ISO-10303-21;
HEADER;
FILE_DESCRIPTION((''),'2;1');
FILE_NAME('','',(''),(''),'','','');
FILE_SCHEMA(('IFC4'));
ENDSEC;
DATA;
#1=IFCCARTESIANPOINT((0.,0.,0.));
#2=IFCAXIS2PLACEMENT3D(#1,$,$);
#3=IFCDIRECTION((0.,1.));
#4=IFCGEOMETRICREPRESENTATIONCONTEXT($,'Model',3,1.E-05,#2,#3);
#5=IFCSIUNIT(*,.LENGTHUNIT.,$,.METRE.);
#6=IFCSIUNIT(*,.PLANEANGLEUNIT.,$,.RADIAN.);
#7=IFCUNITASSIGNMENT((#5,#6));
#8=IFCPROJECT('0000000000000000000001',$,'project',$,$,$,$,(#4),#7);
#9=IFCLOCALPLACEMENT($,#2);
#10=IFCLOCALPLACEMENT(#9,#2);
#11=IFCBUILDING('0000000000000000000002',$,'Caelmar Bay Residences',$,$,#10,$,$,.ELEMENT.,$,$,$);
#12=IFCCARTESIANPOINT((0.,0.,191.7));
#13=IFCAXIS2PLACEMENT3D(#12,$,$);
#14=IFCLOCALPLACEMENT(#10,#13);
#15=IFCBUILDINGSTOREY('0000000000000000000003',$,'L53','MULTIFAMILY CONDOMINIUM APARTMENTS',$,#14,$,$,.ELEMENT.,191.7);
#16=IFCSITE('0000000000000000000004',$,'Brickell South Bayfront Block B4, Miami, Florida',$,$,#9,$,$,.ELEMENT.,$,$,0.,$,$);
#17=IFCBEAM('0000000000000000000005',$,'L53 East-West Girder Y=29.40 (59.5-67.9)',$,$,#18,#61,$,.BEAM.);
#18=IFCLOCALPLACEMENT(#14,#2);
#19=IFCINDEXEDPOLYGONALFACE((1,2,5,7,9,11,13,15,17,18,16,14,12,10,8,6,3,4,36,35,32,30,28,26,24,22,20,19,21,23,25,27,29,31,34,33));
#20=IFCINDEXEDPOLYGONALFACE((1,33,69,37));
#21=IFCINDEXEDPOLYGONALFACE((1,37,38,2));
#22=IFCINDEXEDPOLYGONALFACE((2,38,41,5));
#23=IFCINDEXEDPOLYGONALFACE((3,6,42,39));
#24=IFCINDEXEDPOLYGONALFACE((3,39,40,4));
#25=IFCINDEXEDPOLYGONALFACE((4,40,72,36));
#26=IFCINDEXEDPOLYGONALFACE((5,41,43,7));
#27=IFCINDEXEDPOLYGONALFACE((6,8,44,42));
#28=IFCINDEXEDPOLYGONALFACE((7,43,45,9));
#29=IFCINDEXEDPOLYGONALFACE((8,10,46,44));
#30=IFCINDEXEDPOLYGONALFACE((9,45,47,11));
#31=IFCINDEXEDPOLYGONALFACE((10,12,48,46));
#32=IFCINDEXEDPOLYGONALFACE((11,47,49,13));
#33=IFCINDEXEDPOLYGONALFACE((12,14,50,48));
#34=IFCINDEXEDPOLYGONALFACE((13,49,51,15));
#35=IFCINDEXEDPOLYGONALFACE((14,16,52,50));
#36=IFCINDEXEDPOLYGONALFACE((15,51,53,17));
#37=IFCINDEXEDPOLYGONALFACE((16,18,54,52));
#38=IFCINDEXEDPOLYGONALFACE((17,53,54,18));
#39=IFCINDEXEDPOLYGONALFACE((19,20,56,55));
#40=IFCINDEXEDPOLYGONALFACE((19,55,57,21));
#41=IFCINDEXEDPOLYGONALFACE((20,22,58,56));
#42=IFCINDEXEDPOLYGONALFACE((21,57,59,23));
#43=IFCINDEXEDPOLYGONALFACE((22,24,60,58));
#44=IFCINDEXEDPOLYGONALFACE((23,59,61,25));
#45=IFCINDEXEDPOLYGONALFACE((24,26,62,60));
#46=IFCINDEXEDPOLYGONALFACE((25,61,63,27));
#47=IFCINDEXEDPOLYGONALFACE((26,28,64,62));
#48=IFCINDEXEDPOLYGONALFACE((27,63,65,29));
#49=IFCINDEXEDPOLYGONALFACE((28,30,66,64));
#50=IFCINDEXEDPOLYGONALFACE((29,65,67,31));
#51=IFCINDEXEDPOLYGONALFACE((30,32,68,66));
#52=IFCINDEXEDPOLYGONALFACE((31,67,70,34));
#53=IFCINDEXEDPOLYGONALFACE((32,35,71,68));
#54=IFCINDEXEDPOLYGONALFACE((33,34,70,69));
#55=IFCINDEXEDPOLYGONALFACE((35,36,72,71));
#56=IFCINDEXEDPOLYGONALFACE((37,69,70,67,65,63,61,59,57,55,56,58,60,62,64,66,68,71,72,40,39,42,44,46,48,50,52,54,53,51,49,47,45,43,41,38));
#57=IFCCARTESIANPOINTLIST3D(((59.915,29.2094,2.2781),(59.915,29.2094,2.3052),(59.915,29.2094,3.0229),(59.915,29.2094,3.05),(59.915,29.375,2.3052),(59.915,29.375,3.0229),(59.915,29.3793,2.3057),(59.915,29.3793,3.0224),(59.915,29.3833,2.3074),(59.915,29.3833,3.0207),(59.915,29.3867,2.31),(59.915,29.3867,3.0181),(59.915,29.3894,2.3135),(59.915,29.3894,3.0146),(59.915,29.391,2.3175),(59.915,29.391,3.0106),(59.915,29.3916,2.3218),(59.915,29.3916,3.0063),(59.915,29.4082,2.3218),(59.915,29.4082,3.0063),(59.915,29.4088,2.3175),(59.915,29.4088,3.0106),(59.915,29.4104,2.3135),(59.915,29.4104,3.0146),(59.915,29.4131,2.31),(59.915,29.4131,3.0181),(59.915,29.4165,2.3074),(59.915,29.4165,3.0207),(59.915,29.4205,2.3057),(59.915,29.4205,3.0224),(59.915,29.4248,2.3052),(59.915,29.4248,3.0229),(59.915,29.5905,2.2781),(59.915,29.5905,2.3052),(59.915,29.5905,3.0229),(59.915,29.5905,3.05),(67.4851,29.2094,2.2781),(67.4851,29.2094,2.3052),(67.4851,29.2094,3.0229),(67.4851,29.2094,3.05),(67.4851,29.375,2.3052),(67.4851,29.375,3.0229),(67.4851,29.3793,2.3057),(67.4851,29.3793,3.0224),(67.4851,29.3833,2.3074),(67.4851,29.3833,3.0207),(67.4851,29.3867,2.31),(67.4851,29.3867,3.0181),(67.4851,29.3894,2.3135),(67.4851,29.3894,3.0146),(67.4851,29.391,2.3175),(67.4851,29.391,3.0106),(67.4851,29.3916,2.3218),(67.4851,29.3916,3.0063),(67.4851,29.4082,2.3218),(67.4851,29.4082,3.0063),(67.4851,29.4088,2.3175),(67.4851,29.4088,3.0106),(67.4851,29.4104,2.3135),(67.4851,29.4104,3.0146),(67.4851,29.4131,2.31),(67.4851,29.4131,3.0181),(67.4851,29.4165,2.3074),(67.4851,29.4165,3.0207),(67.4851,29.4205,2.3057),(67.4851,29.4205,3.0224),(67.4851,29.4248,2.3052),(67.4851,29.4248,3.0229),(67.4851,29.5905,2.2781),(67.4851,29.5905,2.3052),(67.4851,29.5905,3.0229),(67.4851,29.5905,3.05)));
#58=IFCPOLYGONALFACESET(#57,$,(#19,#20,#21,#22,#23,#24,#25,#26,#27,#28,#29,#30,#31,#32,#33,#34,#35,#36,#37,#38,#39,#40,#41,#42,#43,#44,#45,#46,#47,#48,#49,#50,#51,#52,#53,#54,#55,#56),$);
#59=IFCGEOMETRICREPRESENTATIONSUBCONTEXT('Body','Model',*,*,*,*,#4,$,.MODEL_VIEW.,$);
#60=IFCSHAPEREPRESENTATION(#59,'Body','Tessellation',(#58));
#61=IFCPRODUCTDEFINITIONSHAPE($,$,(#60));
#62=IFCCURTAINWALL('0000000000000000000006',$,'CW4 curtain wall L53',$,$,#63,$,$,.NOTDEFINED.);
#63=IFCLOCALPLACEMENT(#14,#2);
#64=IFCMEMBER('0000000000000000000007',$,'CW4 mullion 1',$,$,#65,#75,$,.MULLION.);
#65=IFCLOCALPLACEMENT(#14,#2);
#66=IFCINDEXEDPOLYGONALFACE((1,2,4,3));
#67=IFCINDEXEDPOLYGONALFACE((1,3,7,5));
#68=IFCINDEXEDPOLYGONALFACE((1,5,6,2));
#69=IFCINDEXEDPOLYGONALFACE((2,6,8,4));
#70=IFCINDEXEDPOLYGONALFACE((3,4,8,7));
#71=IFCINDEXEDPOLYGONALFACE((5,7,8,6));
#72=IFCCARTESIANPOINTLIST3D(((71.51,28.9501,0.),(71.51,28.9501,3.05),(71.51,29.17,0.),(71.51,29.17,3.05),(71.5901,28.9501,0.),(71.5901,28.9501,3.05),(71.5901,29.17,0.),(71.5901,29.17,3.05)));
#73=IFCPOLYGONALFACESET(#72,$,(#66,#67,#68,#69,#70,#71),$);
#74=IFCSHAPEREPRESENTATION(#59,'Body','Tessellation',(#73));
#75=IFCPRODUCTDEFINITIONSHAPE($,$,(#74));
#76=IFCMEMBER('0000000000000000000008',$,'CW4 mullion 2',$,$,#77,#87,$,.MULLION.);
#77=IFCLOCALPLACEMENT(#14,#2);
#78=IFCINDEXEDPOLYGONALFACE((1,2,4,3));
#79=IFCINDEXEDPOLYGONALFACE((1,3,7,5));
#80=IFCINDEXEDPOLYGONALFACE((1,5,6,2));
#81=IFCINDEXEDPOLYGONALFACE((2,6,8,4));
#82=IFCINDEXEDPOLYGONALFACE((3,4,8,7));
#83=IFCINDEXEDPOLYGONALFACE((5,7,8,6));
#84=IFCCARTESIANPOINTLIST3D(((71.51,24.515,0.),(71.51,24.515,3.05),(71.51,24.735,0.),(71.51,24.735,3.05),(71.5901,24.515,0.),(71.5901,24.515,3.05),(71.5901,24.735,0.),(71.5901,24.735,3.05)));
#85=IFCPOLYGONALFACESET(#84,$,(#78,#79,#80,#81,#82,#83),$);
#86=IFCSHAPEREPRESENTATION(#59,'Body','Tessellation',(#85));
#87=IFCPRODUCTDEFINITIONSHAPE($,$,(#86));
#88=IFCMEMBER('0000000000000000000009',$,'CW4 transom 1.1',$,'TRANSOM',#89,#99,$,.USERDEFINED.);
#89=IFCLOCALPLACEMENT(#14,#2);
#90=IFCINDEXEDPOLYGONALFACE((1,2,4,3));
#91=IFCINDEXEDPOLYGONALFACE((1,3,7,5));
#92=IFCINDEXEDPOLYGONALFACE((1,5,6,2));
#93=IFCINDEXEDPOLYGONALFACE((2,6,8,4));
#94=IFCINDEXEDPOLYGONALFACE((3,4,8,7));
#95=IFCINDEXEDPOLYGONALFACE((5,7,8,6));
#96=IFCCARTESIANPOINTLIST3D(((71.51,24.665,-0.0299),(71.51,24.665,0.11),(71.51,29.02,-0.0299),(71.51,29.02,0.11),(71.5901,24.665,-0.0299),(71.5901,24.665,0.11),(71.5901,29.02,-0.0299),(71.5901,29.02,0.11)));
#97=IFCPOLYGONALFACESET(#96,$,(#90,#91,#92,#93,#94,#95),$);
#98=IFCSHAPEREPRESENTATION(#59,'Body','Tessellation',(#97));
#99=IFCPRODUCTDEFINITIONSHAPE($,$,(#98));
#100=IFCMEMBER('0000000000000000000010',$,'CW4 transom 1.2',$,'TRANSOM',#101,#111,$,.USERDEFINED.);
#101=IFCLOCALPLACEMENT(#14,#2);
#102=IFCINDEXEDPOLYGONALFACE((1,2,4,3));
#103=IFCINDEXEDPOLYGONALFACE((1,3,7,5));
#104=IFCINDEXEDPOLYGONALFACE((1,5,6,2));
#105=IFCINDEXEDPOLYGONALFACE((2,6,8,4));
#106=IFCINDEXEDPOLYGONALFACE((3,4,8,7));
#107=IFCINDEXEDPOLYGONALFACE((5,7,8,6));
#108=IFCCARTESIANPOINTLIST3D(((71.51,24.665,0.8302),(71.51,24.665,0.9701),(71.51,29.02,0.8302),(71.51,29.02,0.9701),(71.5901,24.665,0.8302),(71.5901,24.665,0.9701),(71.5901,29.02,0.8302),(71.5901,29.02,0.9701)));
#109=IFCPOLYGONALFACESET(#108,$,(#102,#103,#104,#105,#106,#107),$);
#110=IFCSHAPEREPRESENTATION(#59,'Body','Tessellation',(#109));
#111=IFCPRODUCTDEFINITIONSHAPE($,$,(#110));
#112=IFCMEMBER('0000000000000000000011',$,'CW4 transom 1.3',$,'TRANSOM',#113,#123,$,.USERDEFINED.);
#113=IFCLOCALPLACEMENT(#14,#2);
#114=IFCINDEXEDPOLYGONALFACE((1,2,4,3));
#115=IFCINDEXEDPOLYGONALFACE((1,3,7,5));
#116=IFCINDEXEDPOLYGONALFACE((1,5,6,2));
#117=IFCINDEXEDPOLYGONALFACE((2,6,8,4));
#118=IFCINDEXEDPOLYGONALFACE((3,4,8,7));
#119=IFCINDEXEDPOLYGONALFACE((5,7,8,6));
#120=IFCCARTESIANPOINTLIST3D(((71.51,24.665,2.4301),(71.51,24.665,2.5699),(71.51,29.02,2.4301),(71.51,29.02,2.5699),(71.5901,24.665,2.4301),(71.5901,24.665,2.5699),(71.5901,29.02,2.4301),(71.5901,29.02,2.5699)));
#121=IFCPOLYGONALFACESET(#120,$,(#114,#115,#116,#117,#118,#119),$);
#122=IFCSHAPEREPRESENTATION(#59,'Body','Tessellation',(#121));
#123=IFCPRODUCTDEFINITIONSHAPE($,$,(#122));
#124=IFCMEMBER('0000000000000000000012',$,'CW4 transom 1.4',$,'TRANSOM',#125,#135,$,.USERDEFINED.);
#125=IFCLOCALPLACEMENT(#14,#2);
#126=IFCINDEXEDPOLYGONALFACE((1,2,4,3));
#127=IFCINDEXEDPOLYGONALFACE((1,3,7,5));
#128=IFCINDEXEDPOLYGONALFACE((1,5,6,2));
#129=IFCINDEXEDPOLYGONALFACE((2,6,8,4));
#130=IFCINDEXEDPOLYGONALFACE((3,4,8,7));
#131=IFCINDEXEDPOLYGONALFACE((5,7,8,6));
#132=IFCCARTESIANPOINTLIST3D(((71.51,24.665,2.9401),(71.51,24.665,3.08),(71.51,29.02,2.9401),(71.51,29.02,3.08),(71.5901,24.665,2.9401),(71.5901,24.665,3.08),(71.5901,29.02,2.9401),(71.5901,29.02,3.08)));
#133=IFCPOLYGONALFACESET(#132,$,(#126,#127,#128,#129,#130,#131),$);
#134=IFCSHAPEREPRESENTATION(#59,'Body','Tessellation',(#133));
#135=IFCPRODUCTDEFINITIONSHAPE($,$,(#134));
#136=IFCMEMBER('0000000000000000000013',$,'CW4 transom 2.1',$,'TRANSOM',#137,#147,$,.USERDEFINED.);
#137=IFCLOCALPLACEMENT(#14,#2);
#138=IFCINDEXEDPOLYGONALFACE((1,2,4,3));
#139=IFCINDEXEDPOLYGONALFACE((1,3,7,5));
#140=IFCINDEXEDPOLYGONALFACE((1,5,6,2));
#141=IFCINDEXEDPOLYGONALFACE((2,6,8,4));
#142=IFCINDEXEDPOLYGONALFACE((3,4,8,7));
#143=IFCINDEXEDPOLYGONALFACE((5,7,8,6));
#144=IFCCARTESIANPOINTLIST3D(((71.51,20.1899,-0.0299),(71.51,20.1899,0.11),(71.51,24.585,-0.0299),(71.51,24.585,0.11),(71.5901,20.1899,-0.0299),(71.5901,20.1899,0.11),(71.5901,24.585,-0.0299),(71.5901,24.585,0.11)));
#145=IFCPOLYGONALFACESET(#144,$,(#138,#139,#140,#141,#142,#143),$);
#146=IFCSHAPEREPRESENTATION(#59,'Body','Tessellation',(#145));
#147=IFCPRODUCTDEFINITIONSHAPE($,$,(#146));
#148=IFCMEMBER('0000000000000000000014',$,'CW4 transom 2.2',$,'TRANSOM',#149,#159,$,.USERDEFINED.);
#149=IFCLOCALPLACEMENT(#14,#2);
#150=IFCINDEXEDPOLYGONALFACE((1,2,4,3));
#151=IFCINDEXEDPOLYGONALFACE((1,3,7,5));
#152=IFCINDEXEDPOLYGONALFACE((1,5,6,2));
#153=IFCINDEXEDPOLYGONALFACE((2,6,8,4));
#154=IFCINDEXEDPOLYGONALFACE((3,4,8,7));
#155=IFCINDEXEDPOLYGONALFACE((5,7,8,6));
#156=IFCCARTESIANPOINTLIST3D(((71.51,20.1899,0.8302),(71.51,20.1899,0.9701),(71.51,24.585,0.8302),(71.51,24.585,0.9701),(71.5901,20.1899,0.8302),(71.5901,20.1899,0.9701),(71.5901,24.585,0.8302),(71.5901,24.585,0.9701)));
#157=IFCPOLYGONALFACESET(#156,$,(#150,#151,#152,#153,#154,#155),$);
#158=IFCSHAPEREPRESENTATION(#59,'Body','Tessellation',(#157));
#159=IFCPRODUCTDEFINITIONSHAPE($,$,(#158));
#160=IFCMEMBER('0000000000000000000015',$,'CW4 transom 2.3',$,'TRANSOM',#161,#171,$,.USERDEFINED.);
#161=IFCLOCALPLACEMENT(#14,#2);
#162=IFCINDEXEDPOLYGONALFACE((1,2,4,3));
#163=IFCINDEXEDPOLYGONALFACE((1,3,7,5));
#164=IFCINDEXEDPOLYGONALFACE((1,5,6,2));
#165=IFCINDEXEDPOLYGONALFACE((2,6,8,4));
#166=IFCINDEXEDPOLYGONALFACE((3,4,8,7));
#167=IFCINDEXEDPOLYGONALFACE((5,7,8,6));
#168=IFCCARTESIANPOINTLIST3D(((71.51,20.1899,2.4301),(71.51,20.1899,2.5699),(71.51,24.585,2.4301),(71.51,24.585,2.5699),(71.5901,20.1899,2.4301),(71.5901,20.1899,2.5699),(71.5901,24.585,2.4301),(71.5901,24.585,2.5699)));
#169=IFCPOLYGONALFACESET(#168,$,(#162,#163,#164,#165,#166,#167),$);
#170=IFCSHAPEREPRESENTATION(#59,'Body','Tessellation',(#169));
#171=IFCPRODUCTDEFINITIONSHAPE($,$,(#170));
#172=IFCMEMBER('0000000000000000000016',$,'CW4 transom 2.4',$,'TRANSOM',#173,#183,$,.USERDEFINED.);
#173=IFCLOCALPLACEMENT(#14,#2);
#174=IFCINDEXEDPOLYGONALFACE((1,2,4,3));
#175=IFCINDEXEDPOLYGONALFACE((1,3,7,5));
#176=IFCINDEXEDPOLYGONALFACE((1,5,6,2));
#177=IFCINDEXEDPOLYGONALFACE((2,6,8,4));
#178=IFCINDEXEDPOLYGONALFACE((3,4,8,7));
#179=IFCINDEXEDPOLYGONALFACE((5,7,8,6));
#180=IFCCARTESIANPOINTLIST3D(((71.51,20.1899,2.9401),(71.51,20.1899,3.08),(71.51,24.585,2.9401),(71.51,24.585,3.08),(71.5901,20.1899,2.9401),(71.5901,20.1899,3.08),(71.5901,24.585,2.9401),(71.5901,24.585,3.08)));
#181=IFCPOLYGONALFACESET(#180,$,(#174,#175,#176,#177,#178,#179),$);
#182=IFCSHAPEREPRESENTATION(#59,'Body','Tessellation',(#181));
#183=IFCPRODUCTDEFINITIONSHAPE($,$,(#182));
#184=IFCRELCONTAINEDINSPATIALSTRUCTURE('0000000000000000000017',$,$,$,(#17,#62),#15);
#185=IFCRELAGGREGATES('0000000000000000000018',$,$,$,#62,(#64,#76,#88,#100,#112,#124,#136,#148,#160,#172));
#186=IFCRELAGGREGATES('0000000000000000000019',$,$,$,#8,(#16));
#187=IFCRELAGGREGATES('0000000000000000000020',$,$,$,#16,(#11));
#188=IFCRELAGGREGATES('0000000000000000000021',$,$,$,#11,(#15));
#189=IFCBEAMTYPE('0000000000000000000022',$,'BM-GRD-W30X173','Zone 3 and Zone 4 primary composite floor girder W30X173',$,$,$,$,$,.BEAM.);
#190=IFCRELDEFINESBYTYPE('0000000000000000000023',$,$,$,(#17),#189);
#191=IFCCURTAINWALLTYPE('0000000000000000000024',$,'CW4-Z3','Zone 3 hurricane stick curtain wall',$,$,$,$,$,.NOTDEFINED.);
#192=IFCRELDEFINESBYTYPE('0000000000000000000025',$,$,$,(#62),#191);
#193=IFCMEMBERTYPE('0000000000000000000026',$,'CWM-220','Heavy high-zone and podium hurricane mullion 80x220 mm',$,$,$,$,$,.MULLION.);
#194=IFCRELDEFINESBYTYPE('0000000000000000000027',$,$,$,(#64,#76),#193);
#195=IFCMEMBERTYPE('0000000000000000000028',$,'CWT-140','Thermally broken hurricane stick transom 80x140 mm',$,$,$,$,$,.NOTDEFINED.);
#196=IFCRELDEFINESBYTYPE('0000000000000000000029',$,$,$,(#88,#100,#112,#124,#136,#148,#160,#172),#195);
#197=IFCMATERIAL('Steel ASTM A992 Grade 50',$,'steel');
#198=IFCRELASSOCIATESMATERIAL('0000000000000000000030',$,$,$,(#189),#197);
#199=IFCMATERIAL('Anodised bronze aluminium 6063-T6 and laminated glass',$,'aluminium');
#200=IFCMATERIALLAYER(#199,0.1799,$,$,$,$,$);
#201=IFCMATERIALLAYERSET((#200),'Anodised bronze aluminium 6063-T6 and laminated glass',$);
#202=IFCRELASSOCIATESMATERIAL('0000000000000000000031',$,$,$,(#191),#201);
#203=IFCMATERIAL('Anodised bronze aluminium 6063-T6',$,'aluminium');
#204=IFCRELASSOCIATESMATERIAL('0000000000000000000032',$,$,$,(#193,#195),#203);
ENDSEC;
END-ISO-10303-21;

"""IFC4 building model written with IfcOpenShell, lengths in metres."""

from ifc_helpers import new_model, si_unit, direction, frame, origin, origin_2d, place, context, subcontext, project, spatial, rectangle, i_section, extrude, material, layer, layer_set, material_profile, profile_set, type_object, element, aggregate, save


model = new_model("IFC4")

# Units and contexts
model_context = context("Model", 3, precision=1e-05, world=origin(), true_north=direction((0.0, 1.0)))
body_context = subcontext(model_context, "Body", "Model", "MODEL_VIEW")
ifc_project = project(units=[si_unit("LENGTHUNIT", "METRE"), si_unit("PLANEANGLEUNIT", "RADIAN")], contexts=[model_context])

# Site, building, storey
site_placement = place(None, origin())
site = spatial("IfcSite", under=ifc_project, at=site_placement, Name="Brickell South Bayfront Block B4, Miami, Florida", CompositionType="ELEMENT", RefElevation=0.0)
building_placement = place(site_placement, origin())
building = spatial("IfcBuilding", under=site, at=building_placement, Name="Caelmar Bay Residences", CompositionType="ELEMENT")
storey_placement = place(building_placement, frame((0.0, 0.0, 191.7)))
storey = spatial("IfcBuildingStorey", under=building, at=storey_placement, Name="L53", Description="MULTIFAMILY CONDOMINIUM APARTMENTS", CompositionType="ELEMENT", Elevation=191.7)

# Beam
ifc_material_1 = material(Name="Steel ASTM A992 Grade 50", Category="steel")
ifc_material_profile_1 = material_profile(ifc_material_1, i_section(OverallWidth=0.3811, OverallDepth=0.772, WebThickness=0.0166, FlangeThickness=0.0271, FilletRadius=0.0166, at=origin_2d()), Name="W30X173")
ifc_profile_set_1 = profile_set([ifc_material_profile_1], Name="Steel ASTM A992 Grade 50")
beam_type = type_object("IfcBeamType", Name="BM-GRD-W30X173", Description="Zone 3 and Zone 4 primary composite floor girder W30X173", PredefinedType="BEAM", material=ifc_profile_set_1)
beam_placement = place(storey_placement, frame((59.915, 29.3999, 2.6641), z_axis=(1.0, 0.0, 0.0), x_axis=(0.0, 1.0, 0.0)))
element("IfcBeam", 1, at=beam_placement, inside=storey, type_object=beam_type, Name="L53 East-West Girder Y=29.40 (59.5-67.9)", PredefinedType="BEAM", context=body_context, shape_type="SweptSolid", body=[
    extrude(i_section(OverallWidth=0.3811, OverallDepth=0.772, WebThickness=0.0166, FlangeThickness=0.0271, FilletRadius=0.0166, at=origin_2d()), origin(), (0.0, 0.0, 1.0), 7.5701),
])

# Curtain wall, members
ifc_material_2 = material(Name="Anodised bronze aluminium 6063-T6 and laminated glass", Category="aluminium")
ifc_layer_1 = layer(ifc_material_2, 0.1799)
ifc_layer_set_1 = layer_set([ifc_layer_1], Name="Anodised bronze aluminium 6063-T6 and laminated glass")
curtain_wall_type = type_object("IfcCurtainWallType", Name="CW4-Z3", Description="Zone 3 hurricane stick curtain wall", PredefinedType="NOTDEFINED", material=ifc_layer_set_1)
curtain_wall_placement = place(storey_placement, origin())
curtain_wall = element("IfcCurtainWall", 2, at=curtain_wall_placement, inside=storey, type_object=curtain_wall_type, Name="CW4 curtain wall L53", PredefinedType="NOTDEFINED")
ifc_material_3 = material(Name="Anodised bronze aluminium 6063-T6", Category="aluminium")
ifc_material_profile_2 = material_profile(ifc_material_3, rectangle(XDim=0.0801, YDim=0.22, at=origin_2d()), Name="CWM-80X220")
ifc_profile_set_2 = profile_set([ifc_material_profile_2], Name="Anodised bronze aluminium 6063-T6")
member_type_1 = type_object("IfcMemberType", Name="CWM-220", Description="Heavy high-zone and podium hurricane mullion 80x220 mm", PredefinedType="MULLION", material=ifc_profile_set_2)
member_1_placement = place(storey_placement, frame((71.55, 29.0601, 0.0), z_axis=(0.0, 0.0, 1.0), x_axis=(1.0, 0.0, 0.0)))
member_1 = element("IfcMember", 3, at=member_1_placement, type_object=member_type_1, Name="CW4 mullion 1", PredefinedType="MULLION", context=body_context, shape_type="SweptSolid", body=[
    extrude(rectangle(XDim=0.0801, YDim=0.22, at=origin_2d()), origin(), (0.0, 0.0, 1.0), 3.05),
])
member_2_placement = place(storey_placement, frame((71.55, 24.625, 0.0), z_axis=(0.0, 0.0, 1.0), x_axis=(1.0, 0.0, 0.0)))
member_2 = element("IfcMember", 4, at=member_2_placement, type_object=member_type_1, Name="CW4 mullion 2", PredefinedType="MULLION", context=body_context, shape_type="SweptSolid", body=[
    extrude(rectangle(XDim=0.0801, YDim=0.22, at=origin_2d()), origin(), (0.0, 0.0, 1.0), 3.05),
])
ifc_material_profile_3 = material_profile(ifc_material_3, rectangle(XDim=0.0801, YDim=0.1399, at=origin_2d()), Name="CWT-80X140")
ifc_profile_set_3 = profile_set([ifc_material_profile_3], Name="Anodised bronze aluminium 6063-T6")
member_type_2 = type_object("IfcMemberType", Name="CWT-140", Description="Thermally broken hurricane stick transom 80x140 mm", PredefinedType="NOTDEFINED", material=ifc_profile_set_3)
member_3_placement = place(storey_placement, frame((71.55, 29.02, 0.04), z_axis=(0.0, -1.0, 0.0), x_axis=(1.0, 0.0, 0.0)))
member_3 = element("IfcMember", 5, at=member_3_placement, type_object=member_type_2, Name="CW4 transom 1.1", ObjectType="TRANSOM", PredefinedType="USERDEFINED", context=body_context, shape_type="SweptSolid", body=[
    extrude(rectangle(XDim=0.0801, YDim=0.1399, at=origin_2d()), origin(), (0.0, 0.0, 1.0), 4.355),
])
member_4_placement = place(storey_placement, frame((71.55, 29.02, 0.9001), z_axis=(0.0, -1.0, 0.0), x_axis=(1.0, 0.0, 0.0)))
member_4 = element("IfcMember", 6, at=member_4_placement, type_object=member_type_2, Name="CW4 transom 1.2", ObjectType="TRANSOM", PredefinedType="USERDEFINED", context=body_context, shape_type="SweptSolid", body=[
    extrude(rectangle(XDim=0.0801, YDim=0.1399, at=origin_2d()), origin(), (0.0, 0.0, 1.0), 4.355),
])
member_5_placement = place(storey_placement, frame((71.55, 29.02, 2.5), z_axis=(0.0, -1.0, 0.0), x_axis=(1.0, 0.0, 0.0)))
member_5 = element("IfcMember", 7, at=member_5_placement, type_object=member_type_2, Name="CW4 transom 1.3", ObjectType="TRANSOM", PredefinedType="USERDEFINED", context=body_context, shape_type="SweptSolid", body=[
    extrude(rectangle(XDim=0.0801, YDim=0.1399, at=origin_2d()), origin(), (0.0, 0.0, 1.0), 4.355),
])
member_6_placement = place(storey_placement, frame((71.55, 29.02, 3.01), z_axis=(0.0, -1.0, 0.0), x_axis=(1.0, 0.0, 0.0)))
member_6 = element("IfcMember", 8, at=member_6_placement, type_object=member_type_2, Name="CW4 transom 1.4", ObjectType="TRANSOM", PredefinedType="USERDEFINED", context=body_context, shape_type="SweptSolid", body=[
    extrude(rectangle(XDim=0.0801, YDim=0.1399, at=origin_2d()), origin(), (0.0, 0.0, 1.0), 4.355),
])
member_7_placement = place(storey_placement, frame((71.55, 24.585, 0.04), z_axis=(0.0, -1.0, 0.0), x_axis=(1.0, 0.0, 0.0)))
member_7 = element("IfcMember", 9, at=member_7_placement, type_object=member_type_2, Name="CW4 transom 2.1", ObjectType="TRANSOM", PredefinedType="USERDEFINED", context=body_context, shape_type="SweptSolid", body=[
    extrude(rectangle(XDim=0.0801, YDim=0.1399, at=origin_2d()), origin(), (0.0, 0.0, 1.0), 4.395),
])
member_8_placement = place(storey_placement, frame((71.55, 24.585, 0.9001), z_axis=(0.0, -1.0, 0.0), x_axis=(1.0, 0.0, 0.0)))
member_8 = element("IfcMember", 10, at=member_8_placement, type_object=member_type_2, Name="CW4 transom 2.2", ObjectType="TRANSOM", PredefinedType="USERDEFINED", context=body_context, shape_type="SweptSolid", body=[
    extrude(rectangle(XDim=0.0801, YDim=0.1399, at=origin_2d()), origin(), (0.0, 0.0, 1.0), 4.395),
])
member_9_placement = place(storey_placement, frame((71.55, 24.585, 2.5), z_axis=(0.0, -1.0, 0.0), x_axis=(1.0, 0.0, 0.0)))
member_9 = element("IfcMember", 11, at=member_9_placement, type_object=member_type_2, Name="CW4 transom 2.3", ObjectType="TRANSOM", PredefinedType="USERDEFINED", context=body_context, shape_type="SweptSolid", body=[
    extrude(rectangle(XDim=0.0801, YDim=0.1399, at=origin_2d()), origin(), (0.0, 0.0, 1.0), 4.395),
])
member_10_placement = place(storey_placement, frame((71.55, 24.585, 3.01), z_axis=(0.0, -1.0, 0.0), x_axis=(1.0, 0.0, 0.0)))
member_10 = element("IfcMember", 12, at=member_10_placement, type_object=member_type_2, Name="CW4 transom 2.4", ObjectType="TRANSOM", PredefinedType="USERDEFINED", context=body_context, shape_type="SweptSolid", body=[
    extrude(rectangle(XDim=0.0801, YDim=0.1399, at=origin_2d()), origin(), (0.0, 0.0, 1.0), 4.395),
])
aggregate(curtain_wall, [member_1, member_2, member_3, member_4, member_5, member_6, member_7, member_8, member_9, member_10])

save(model, "model.ifc")
